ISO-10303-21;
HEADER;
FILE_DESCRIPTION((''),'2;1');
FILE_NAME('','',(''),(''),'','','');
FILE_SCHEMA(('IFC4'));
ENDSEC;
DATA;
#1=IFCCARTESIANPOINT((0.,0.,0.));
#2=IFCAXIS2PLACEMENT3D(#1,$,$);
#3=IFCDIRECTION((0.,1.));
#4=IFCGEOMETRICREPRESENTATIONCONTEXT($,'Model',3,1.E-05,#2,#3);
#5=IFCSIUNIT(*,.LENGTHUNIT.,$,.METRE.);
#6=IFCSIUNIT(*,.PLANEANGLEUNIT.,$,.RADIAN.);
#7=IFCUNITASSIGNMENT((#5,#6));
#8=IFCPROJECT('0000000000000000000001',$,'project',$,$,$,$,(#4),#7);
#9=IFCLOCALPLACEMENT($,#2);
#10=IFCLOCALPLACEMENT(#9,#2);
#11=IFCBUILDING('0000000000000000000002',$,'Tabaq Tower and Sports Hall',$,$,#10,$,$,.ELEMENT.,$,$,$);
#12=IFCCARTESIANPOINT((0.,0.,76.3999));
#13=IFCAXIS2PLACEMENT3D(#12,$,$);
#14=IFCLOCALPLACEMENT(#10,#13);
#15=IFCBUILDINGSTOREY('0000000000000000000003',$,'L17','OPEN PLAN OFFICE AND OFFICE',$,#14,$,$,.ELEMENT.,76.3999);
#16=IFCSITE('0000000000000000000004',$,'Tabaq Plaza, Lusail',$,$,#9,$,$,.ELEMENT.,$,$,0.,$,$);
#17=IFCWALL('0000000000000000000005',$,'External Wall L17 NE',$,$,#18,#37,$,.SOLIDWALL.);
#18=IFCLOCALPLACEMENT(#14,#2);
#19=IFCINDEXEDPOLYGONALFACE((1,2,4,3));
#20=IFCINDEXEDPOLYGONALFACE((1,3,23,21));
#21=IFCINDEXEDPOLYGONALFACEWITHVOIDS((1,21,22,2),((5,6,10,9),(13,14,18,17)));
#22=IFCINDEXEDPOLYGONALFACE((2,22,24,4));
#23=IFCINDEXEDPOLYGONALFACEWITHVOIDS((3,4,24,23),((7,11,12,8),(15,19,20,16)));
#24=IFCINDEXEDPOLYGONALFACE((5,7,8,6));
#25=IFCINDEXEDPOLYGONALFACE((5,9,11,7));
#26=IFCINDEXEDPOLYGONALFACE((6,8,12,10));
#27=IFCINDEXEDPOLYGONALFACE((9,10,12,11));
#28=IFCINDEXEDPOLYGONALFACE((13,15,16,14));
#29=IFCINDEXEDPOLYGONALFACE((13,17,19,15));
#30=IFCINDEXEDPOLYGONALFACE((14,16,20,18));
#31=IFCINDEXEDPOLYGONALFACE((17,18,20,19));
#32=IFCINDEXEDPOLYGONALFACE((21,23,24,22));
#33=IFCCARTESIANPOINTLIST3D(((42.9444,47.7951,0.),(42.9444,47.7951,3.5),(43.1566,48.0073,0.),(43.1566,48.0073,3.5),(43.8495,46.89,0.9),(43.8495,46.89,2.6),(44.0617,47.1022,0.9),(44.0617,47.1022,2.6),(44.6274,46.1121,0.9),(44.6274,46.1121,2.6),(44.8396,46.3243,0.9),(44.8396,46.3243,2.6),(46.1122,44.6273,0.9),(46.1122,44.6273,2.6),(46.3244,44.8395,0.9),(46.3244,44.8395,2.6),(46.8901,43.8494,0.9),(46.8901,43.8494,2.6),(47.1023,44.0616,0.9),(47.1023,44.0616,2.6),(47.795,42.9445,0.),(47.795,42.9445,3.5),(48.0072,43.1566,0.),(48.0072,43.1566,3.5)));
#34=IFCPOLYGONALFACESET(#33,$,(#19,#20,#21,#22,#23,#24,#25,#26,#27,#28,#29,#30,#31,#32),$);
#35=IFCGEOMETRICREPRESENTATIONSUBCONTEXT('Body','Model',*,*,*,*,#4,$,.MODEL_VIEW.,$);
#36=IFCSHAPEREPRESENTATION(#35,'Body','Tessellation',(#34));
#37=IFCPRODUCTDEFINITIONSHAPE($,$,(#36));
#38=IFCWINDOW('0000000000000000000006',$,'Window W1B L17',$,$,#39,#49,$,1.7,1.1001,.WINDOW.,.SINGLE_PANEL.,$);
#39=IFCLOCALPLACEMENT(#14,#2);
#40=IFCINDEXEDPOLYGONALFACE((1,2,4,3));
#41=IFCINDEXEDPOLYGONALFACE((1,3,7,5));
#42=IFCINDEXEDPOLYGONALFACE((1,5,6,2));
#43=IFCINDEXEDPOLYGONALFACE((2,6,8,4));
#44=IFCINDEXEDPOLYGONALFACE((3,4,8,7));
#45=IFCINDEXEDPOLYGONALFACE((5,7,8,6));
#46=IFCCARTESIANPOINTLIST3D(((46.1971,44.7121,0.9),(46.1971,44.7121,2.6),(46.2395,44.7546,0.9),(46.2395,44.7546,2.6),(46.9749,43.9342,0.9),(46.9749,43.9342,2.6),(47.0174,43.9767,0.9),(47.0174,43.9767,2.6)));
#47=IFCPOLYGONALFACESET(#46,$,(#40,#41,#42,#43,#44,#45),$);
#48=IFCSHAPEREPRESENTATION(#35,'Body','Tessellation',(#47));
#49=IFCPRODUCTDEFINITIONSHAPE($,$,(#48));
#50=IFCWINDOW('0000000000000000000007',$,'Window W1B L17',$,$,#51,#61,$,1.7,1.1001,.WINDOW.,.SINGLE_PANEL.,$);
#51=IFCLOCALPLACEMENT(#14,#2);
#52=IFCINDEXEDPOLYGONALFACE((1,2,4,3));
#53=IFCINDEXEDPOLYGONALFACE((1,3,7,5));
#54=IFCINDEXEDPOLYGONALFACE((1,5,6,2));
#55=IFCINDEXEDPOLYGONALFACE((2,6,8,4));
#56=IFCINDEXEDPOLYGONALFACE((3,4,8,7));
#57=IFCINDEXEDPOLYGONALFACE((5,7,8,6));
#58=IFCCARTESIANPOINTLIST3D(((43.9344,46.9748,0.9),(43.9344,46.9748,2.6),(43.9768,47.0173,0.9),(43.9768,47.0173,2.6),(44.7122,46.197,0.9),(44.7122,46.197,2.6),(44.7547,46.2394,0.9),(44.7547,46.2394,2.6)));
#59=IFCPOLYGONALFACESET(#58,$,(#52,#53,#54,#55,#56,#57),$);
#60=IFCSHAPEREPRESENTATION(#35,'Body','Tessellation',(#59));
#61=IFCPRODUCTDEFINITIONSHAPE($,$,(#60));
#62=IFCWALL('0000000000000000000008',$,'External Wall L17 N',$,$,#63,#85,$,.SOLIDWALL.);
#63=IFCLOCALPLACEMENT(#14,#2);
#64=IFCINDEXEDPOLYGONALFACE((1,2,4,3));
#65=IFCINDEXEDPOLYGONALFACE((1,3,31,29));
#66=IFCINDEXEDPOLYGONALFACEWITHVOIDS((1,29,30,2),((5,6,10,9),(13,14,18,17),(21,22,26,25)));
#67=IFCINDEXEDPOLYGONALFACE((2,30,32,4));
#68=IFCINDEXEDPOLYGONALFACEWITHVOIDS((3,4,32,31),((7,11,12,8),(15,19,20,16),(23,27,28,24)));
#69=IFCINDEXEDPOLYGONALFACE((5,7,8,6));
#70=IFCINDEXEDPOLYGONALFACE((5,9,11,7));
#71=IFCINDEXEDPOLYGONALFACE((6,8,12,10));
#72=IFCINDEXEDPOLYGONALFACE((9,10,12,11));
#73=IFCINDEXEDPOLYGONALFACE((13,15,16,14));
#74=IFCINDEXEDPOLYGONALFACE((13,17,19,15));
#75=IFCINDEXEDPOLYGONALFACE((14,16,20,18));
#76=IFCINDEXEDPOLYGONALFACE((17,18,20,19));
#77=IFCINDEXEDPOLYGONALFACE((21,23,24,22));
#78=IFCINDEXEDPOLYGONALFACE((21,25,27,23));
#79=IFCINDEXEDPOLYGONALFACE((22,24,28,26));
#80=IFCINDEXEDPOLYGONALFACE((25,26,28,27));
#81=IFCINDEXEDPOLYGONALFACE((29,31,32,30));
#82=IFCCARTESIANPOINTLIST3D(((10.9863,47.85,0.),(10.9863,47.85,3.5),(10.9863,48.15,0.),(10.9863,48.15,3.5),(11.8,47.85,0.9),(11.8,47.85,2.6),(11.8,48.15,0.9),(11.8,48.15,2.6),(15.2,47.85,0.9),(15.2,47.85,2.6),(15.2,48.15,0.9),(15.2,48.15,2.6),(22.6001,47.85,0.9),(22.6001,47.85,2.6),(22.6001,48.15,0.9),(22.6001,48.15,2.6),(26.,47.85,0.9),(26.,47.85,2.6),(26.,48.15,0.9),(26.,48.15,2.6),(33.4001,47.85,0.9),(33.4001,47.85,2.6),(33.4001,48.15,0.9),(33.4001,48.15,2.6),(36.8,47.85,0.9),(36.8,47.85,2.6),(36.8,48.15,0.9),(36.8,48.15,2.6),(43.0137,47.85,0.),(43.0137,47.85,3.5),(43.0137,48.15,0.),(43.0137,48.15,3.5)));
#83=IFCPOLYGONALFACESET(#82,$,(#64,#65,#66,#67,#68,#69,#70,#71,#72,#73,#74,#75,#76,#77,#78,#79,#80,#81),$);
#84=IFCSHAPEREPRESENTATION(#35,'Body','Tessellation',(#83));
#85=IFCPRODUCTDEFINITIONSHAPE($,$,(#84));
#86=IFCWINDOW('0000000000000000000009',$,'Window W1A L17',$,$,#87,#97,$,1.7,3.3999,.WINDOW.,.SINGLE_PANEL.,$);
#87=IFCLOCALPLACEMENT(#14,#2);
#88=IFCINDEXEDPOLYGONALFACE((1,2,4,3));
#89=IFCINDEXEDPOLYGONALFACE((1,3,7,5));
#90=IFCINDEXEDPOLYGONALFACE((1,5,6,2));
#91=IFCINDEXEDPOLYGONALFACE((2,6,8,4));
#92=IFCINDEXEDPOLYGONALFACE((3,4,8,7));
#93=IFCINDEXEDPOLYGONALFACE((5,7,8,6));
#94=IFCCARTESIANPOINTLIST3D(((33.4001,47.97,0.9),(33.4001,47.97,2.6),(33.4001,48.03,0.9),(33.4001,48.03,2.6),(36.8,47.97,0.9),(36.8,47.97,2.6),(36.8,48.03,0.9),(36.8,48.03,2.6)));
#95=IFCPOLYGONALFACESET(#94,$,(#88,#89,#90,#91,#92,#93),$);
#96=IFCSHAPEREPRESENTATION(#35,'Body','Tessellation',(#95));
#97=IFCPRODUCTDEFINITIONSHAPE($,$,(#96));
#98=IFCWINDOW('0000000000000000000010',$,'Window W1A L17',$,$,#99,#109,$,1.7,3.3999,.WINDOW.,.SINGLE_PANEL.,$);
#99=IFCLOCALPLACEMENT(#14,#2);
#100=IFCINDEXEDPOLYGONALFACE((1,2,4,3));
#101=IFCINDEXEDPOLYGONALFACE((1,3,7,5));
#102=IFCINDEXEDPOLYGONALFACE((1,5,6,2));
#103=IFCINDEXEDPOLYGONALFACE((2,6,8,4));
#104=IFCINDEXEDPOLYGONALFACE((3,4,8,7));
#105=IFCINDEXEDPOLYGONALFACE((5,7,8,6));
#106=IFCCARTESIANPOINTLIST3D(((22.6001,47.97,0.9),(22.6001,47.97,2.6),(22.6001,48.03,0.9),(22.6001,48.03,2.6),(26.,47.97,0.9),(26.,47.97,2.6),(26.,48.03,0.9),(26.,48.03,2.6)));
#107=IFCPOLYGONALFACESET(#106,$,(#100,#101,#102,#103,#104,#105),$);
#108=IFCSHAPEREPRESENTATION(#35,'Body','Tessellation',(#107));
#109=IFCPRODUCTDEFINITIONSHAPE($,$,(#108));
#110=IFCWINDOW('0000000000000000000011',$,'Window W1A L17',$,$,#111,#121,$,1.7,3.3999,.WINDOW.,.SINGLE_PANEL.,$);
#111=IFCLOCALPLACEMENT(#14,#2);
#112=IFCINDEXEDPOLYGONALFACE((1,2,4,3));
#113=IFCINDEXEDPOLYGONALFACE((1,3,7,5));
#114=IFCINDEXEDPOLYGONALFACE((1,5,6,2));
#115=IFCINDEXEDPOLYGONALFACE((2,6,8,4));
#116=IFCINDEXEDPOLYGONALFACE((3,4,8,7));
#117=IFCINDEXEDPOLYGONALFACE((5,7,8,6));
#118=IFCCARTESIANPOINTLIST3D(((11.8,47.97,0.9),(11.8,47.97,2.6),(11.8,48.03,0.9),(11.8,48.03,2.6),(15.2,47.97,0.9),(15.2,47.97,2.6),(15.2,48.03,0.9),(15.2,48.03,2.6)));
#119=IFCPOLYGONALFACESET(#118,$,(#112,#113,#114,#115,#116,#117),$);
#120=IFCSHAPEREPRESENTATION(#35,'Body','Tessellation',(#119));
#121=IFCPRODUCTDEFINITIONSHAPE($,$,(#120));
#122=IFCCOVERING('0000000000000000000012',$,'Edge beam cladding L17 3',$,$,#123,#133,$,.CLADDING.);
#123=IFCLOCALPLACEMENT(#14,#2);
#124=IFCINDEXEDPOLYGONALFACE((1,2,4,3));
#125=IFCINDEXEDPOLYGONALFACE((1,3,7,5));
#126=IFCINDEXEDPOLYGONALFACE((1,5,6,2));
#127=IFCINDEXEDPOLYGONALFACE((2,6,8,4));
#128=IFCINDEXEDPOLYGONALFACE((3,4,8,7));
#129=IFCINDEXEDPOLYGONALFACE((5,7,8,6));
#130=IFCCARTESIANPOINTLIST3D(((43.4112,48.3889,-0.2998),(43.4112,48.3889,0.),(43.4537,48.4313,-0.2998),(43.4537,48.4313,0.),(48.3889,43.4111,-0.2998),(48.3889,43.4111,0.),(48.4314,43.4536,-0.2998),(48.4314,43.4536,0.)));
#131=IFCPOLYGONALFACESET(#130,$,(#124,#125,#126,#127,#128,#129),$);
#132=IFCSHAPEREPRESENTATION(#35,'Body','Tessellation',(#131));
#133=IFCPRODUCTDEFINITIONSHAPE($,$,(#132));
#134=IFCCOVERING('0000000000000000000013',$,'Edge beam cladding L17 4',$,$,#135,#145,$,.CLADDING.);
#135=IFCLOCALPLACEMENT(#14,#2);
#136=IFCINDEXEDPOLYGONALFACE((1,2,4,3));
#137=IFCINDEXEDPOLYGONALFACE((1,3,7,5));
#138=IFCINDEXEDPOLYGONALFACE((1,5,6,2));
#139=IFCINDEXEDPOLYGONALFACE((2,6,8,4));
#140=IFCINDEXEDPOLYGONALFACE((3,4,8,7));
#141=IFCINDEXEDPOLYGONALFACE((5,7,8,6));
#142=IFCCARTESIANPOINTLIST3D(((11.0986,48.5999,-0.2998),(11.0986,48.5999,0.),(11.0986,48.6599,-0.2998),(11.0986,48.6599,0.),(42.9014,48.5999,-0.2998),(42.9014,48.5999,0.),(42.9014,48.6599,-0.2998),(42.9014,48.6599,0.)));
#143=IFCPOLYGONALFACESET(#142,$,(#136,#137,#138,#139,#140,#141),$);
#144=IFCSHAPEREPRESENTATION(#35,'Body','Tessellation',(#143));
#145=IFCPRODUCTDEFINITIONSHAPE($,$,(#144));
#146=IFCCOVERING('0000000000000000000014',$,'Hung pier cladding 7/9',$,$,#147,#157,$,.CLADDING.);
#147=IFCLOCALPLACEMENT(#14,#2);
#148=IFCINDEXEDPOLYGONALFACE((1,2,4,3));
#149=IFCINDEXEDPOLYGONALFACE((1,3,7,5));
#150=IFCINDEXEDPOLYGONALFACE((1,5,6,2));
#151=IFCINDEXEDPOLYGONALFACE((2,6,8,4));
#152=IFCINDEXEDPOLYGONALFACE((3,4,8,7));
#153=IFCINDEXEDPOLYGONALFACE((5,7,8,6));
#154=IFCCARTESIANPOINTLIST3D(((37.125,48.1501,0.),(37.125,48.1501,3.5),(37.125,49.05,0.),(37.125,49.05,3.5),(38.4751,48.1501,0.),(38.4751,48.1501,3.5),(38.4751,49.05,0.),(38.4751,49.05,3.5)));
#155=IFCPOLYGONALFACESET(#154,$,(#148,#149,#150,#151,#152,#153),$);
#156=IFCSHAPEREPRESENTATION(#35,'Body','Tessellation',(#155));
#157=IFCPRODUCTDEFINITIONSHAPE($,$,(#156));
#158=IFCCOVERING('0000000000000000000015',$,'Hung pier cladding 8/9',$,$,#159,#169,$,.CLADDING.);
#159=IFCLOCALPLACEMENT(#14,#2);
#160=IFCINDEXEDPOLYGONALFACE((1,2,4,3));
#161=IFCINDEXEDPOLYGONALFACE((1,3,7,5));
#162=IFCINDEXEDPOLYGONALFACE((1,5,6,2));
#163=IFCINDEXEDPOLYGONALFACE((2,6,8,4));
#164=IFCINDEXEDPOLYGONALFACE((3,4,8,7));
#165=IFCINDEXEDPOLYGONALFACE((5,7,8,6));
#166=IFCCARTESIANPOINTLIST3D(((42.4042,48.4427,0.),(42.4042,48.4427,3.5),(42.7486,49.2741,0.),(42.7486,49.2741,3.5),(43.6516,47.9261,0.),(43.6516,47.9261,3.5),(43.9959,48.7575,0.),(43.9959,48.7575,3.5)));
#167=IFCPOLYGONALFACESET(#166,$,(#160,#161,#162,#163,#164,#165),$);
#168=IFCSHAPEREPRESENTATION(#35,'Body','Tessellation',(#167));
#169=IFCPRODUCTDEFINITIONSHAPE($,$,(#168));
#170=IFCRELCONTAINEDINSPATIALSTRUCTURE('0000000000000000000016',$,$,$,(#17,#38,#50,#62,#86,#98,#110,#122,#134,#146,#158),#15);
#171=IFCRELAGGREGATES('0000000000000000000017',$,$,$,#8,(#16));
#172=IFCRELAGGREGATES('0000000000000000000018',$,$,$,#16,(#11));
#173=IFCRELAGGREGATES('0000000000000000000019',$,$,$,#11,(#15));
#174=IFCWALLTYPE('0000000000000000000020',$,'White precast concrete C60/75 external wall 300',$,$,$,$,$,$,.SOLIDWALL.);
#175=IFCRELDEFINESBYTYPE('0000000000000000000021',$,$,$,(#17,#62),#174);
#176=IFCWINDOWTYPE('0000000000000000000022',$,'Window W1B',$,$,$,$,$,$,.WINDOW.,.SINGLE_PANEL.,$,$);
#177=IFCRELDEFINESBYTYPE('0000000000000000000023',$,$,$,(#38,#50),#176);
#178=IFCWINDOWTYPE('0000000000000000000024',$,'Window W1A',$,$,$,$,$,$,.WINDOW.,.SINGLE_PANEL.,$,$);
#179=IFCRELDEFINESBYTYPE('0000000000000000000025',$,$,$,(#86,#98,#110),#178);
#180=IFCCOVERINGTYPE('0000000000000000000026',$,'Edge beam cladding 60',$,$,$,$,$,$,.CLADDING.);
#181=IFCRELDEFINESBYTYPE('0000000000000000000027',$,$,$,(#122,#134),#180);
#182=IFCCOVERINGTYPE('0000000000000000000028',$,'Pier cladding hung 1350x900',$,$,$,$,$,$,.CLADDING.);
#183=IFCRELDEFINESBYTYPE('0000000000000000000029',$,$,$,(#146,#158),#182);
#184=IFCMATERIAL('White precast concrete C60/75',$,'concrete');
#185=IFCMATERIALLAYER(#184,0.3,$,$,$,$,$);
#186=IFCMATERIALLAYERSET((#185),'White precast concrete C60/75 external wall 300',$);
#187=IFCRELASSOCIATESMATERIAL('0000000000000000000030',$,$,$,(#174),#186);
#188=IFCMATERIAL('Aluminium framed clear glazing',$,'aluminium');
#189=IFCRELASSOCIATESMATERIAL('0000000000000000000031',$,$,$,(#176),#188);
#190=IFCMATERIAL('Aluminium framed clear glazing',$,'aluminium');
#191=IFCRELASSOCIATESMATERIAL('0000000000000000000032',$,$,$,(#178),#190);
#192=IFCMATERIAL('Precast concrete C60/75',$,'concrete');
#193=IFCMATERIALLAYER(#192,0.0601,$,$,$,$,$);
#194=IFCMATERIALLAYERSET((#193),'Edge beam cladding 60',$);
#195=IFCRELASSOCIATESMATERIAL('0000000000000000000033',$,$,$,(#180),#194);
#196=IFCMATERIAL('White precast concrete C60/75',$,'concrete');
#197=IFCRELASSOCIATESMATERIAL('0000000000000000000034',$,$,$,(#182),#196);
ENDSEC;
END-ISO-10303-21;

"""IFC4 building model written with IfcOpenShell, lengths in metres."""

from ifc_helpers import new_model, si_unit, direction, frame, frame_2d, origin, place, context, subcontext, project, spatial, rectangle, extrude, material, layer, layer_set, type_object, element, fill, save


model = new_model("IFC4")

# Units and contexts
model_context = context("Model", 3, precision=1e-05, world=origin(), true_north=direction((0.0, 1.0)))
body_context = subcontext(model_context, "Body", "Model", "MODEL_VIEW")
ifc_project = project(units=[si_unit("LENGTHUNIT", "METRE"), si_unit("PLANEANGLEUNIT", "RADIAN")], contexts=[model_context])

# Site, building, storey
site_placement = place(None, origin())
site = spatial("IfcSite", under=ifc_project, at=site_placement, Name="Tabaq Plaza, Lusail", CompositionType="ELEMENT", RefElevation=0.0)
building_placement = place(site_placement, origin())
building = spatial("IfcBuilding", under=site, at=building_placement, Name="Tabaq Tower and Sports Hall", CompositionType="ELEMENT")
storey_placement = place(building_placement, frame((0.0, 0.0, 76.3999)))
storey = spatial("IfcBuildingStorey", under=building, at=storey_placement, Name="L17", Description="OPEN PLAN OFFICE AND OFFICE", CompositionType="ELEMENT", Elevation=76.3999)

# Walls, openings, windows
ifc_material_1 = material(Name="White precast concrete C60/75", Category="concrete")
ifc_layer_1 = layer(ifc_material_1, 0.3)
ifc_layer_set_1 = layer_set([ifc_layer_1], Name="White precast concrete C60/75 external wall 300")
wall_type_1 = type_object("IfcWallType", Name="White precast concrete C60/75 external wall 300", PredefinedType="SOLIDWALL", material=ifc_layer_set_1)
wall_1_placement = place(storey_placement, frame((47.9011, 43.0505, 0.0), z_axis=(0.0, 0.0, 1.0), x_axis=(-0.707107, 0.707107, 0.0)))
wall_1 = element("IfcWall", 1, at=wall_1_placement, inside=storey, type_object=wall_type_1, Name="External Wall L17 NE", PredefinedType="SOLIDWALL", context=body_context, shape_type="SweptSolid", body=[
    extrude(rectangle(XDim=6.8599, YDim=0.3, at=frame_2d((3.4299, 0.0))), origin(), (0.0, 0.0, 1.0), 3.5),
])
opening_1_placement = place(wall_1_placement, frame((1.2798, 0.0, 0.8999)))
opening_1 = element("IfcOpeningElement", 2, at=opening_1_placement, cuts=wall_1, PredefinedType="OPENING", context=body_context, shape_type="SweptSolid", body=[
    extrude(rectangle(XDim=1.1001, YDim=1.7, at=frame_2d((0.55, 0.8501))), frame((0.0, 0.1602, 0.0), z_axis=(0.0, -1.0, 0.0), x_axis=(1.0, 0.0, 0.0)), (0.0, 0.0, 1.0), 0.3201),
])
opening_2_placement = place(wall_1_placement, frame((4.4797, 0.0, 0.8999)))
opening_2 = element("IfcOpeningElement", 3, at=opening_2_placement, cuts=wall_1, PredefinedType="OPENING", context=body_context, shape_type="SweptSolid", body=[
    extrude(rectangle(XDim=1.1001, YDim=1.7, at=frame_2d((0.55, 0.8501))), frame((0.0, 0.1602, 0.0), z_axis=(0.0, -1.0, 0.0), x_axis=(1.0, 0.0, 0.0)), (0.0, 0.0, 1.0), 0.3201),
])
ifc_material_2 = material(Name="Aluminium framed clear glazing", Category="aluminium")
window_type_1 = type_object("IfcWindowType", Name="Window W1B", PartitioningType="SINGLE_PANEL", PredefinedType="WINDOW", material=ifc_material_2)
window_1_placement = place(opening_1_placement, origin())
window_1 = element("IfcWindow", 4, at=window_1_placement, inside=storey, type_object=window_type_1, Name="Window W1B L17", OverallHeight=1.7, OverallWidth=1.1001, PartitioningType="SINGLE_PANEL", PredefinedType="WINDOW", context=body_context, shape_type="SweptSolid", body=[
    extrude(rectangle(XDim=1.1001, YDim=1.7, at=frame_2d((0.55, 0.8501))), frame((0.0, 0.03, 0.0), z_axis=(0.0, -1.0, 0.0), x_axis=(1.0, 0.0, 0.0)), (0.0, 0.0, 1.0), 0.0601),
])
fill(opening_1, window_1)
window_2_placement = place(opening_2_placement, origin())
window_2 = element("IfcWindow", 5, at=window_2_placement, inside=storey, type_object=window_type_1, Name="Window W1B L17", OverallHeight=1.7, OverallWidth=1.1001, PartitioningType="SINGLE_PANEL", PredefinedType="WINDOW", context=body_context, shape_type="SweptSolid", body=[
    extrude(rectangle(XDim=1.1001, YDim=1.7, at=frame_2d((0.55, 0.8501))), frame((0.0, 0.03, 0.0), z_axis=(0.0, -1.0, 0.0), x_axis=(1.0, 0.0, 0.0)), (0.0, 0.0, 1.0), 0.0601),
])
fill(opening_2, window_2)
wall_2_placement = place(storey_placement, frame((43.0137, 48.0, 0.0), z_axis=(0.0, 0.0, 1.0), x_axis=(-1.0, 0.0, 0.0)))
wall_2 = element("IfcWall", 6, at=wall_2_placement, inside=storey, type_object=wall_type_1, Name="External Wall L17 N", PredefinedType="SOLIDWALL", context=body_context, shape_type="SweptSolid", body=[
    extrude(rectangle(XDim=32.0273, YDim=0.3, at=frame_2d((16.0137, 0.0))), origin(), (0.0, 0.0, 1.0), 3.5),
])
opening_3_placement = place(wall_2_placement, frame((6.2136, 0.0, 0.8999)))
opening_3 = element("IfcOpeningElement", 7, at=opening_3_placement, cuts=wall_2, PredefinedType="OPENING", context=body_context, shape_type="SweptSolid", body=[
    extrude(rectangle(XDim=3.3999, YDim=1.7, at=frame_2d((1.7, 0.8501))), frame((0.0, 0.1602, 0.0), z_axis=(0.0, -1.0, 0.0), x_axis=(1.0, 0.0, 0.0)), (0.0, 0.0, 1.0), 0.3201),
])
opening_4_placement = place(wall_2_placement, frame((17.0137, 0.0, 0.8999)))
opening_4 = element("IfcOpeningElement", 8, at=opening_4_placement, cuts=wall_2, PredefinedType="OPENING", context=body_context, shape_type="SweptSolid", body=[
    extrude(rectangle(XDim=3.3999, YDim=1.7, at=frame_2d((1.7, 0.8501))), frame((0.0, 0.1602, 0.0), z_axis=(0.0, -1.0, 0.0), x_axis=(1.0, 0.0, 0.0)), (0.0, 0.0, 1.0), 0.3201),
])
opening_5_placement = place(wall_2_placement, frame((27.8137, 0.0, 0.8999)))
opening_5 = element("IfcOpeningElement", 9, at=opening_5_placement, cuts=wall_2, PredefinedType="OPENING", context=body_context, shape_type="SweptSolid", body=[
    extrude(rectangle(XDim=3.3999, YDim=1.7, at=frame_2d((1.7, 0.8501))), frame((0.0, 0.1602, 0.0), z_axis=(0.0, -1.0, 0.0), x_axis=(1.0, 0.0, 0.0)), (0.0, 0.0, 1.0), 0.3201),
])
ifc_material_3 = material(Name="Aluminium framed clear glazing", Category="aluminium")
window_type_2 = type_object("IfcWindowType", Name="Window W1A", PartitioningType="SINGLE_PANEL", PredefinedType="WINDOW", material=ifc_material_3)
window_3_placement = place(opening_3_placement, origin())
window_3 = element("IfcWindow", 10, at=window_3_placement, inside=storey, type_object=window_type_2, Name="Window W1A L17", OverallHeight=1.7, OverallWidth=3.3999, PartitioningType="SINGLE_PANEL", PredefinedType="WINDOW", context=body_context, shape_type="SweptSolid", body=[
    extrude(rectangle(XDim=3.3999, YDim=1.7, at=frame_2d((1.7, 0.8501))), frame((0.0, 0.03, 0.0), z_axis=(0.0, -1.0, 0.0), x_axis=(1.0, 0.0, 0.0)), (0.0, 0.0, 1.0), 0.0601),
])
fill(opening_3, window_3)
window_4_placement = place(opening_4_placement, origin())
window_4 = element("IfcWindow", 11, at=window_4_placement, inside=storey, type_object=window_type_2, Name="Window W1A L17", OverallHeight=1.7, OverallWidth=3.3999, PartitioningType="SINGLE_PANEL", PredefinedType="WINDOW", context=body_context, shape_type="SweptSolid", body=[
    extrude(rectangle(XDim=3.3999, YDim=1.7, at=frame_2d((1.7, 0.8501))), frame((0.0, 0.03, 0.0), z_axis=(0.0, -1.0, 0.0), x_axis=(1.0, 0.0, 0.0)), (0.0, 0.0, 1.0), 0.0601),
])
fill(opening_4, window_4)
window_5_placement = place(opening_5_placement, origin())
window_5 = element("IfcWindow", 12, at=window_5_placement, inside=storey, type_object=window_type_2, Name="Window W1A L17", OverallHeight=1.7, OverallWidth=3.3999, PartitioningType="SINGLE_PANEL", PredefinedType="WINDOW", context=body_context, shape_type="SweptSolid", body=[
    extrude(rectangle(XDim=3.3999, YDim=1.7, at=frame_2d((1.7, 0.8501))), frame((0.0, 0.03, 0.0), z_axis=(0.0, -1.0, 0.0), x_axis=(1.0, 0.0, 0.0)), (0.0, 0.0, 1.0), 0.0601),
])
fill(opening_5, window_5)

# Coverings
ifc_material_4 = material(Name="Precast concrete C60/75", Category="concrete")
ifc_layer_2 = layer(ifc_material_4, 0.0601)
ifc_layer_set_2 = layer_set([ifc_layer_2], Name="Edge beam cladding 60")
covering_type_1 = type_object("IfcCoveringType", Name="Edge beam cladding 60", PredefinedType="CLADDING", material=ifc_layer_set_2)
covering_1_placement = place(storey_placement, frame((48.4102, 43.4324, -0.2998), z_axis=(0.0, 0.0, 1.0), x_axis=(-0.707107, 0.707107, 0.0)))
element("IfcCovering", 13, at=covering_1_placement, inside=storey, type_object=covering_type_1, Name="Edge beam cladding L17 3", PredefinedType="CLADDING", context=body_context, shape_type="SweptSolid", body=[
    extrude(rectangle(XDim=7.0396, YDim=0.0601, at=frame_2d((3.5198, 0.0))), origin(), (0.0, 0.0, 1.0), 0.2998),
])
covering_2_placement = place(storey_placement, frame((42.9014, 48.6299, -0.2998), z_axis=(0.0, 0.0, 1.0), x_axis=(-1.0, 0.0, 0.0)))
element("IfcCovering", 14, at=covering_2_placement, inside=storey, type_object=covering_type_1, Name="Edge beam cladding L17 4", PredefinedType="CLADDING", context=body_context, shape_type="SweptSolid", body=[
    extrude(rectangle(XDim=31.8027, YDim=0.0601, at=frame_2d((15.9014, 0.0))), origin(), (0.0, 0.0, 1.0), 0.2998),
])
ifc_material_5 = material(Name="White precast concrete C60/75", Category="concrete")
covering_type_2 = type_object("IfcCoveringType", Name="Pier cladding hung 1350x900", PredefinedType="CLADDING", material=ifc_material_5)
for number, where, z_axis, x_axis, name in (
    (15, (38.4751, 48.6001, 0.0), (0.0, 0.0, 1.0), (-1.0, 0.0, 0.0), "Hung pier cladding 7/9"),
    (16, (43.8237, 48.3418, 0.0), (0.0, 0.0, 1.0), (-0.923893, 0.38265, 0.0), "Hung pier cladding 8/9"),
):
    element("IfcCovering", number, at=place(storey_placement, frame(where, z_axis=z_axis, x_axis=x_axis)), inside=storey, type_object=covering_type_2, Name=name, PredefinedType="CLADDING", context=body_context, shape_type="SweptSolid", body=[
        extrude(rectangle(XDim=1.3501, YDim=0.8999, at=frame_2d((0.675, 0.0))), origin(), (0.0, 0.0, 1.0), 3.5),
    ])

save(model, "model.ifc")
